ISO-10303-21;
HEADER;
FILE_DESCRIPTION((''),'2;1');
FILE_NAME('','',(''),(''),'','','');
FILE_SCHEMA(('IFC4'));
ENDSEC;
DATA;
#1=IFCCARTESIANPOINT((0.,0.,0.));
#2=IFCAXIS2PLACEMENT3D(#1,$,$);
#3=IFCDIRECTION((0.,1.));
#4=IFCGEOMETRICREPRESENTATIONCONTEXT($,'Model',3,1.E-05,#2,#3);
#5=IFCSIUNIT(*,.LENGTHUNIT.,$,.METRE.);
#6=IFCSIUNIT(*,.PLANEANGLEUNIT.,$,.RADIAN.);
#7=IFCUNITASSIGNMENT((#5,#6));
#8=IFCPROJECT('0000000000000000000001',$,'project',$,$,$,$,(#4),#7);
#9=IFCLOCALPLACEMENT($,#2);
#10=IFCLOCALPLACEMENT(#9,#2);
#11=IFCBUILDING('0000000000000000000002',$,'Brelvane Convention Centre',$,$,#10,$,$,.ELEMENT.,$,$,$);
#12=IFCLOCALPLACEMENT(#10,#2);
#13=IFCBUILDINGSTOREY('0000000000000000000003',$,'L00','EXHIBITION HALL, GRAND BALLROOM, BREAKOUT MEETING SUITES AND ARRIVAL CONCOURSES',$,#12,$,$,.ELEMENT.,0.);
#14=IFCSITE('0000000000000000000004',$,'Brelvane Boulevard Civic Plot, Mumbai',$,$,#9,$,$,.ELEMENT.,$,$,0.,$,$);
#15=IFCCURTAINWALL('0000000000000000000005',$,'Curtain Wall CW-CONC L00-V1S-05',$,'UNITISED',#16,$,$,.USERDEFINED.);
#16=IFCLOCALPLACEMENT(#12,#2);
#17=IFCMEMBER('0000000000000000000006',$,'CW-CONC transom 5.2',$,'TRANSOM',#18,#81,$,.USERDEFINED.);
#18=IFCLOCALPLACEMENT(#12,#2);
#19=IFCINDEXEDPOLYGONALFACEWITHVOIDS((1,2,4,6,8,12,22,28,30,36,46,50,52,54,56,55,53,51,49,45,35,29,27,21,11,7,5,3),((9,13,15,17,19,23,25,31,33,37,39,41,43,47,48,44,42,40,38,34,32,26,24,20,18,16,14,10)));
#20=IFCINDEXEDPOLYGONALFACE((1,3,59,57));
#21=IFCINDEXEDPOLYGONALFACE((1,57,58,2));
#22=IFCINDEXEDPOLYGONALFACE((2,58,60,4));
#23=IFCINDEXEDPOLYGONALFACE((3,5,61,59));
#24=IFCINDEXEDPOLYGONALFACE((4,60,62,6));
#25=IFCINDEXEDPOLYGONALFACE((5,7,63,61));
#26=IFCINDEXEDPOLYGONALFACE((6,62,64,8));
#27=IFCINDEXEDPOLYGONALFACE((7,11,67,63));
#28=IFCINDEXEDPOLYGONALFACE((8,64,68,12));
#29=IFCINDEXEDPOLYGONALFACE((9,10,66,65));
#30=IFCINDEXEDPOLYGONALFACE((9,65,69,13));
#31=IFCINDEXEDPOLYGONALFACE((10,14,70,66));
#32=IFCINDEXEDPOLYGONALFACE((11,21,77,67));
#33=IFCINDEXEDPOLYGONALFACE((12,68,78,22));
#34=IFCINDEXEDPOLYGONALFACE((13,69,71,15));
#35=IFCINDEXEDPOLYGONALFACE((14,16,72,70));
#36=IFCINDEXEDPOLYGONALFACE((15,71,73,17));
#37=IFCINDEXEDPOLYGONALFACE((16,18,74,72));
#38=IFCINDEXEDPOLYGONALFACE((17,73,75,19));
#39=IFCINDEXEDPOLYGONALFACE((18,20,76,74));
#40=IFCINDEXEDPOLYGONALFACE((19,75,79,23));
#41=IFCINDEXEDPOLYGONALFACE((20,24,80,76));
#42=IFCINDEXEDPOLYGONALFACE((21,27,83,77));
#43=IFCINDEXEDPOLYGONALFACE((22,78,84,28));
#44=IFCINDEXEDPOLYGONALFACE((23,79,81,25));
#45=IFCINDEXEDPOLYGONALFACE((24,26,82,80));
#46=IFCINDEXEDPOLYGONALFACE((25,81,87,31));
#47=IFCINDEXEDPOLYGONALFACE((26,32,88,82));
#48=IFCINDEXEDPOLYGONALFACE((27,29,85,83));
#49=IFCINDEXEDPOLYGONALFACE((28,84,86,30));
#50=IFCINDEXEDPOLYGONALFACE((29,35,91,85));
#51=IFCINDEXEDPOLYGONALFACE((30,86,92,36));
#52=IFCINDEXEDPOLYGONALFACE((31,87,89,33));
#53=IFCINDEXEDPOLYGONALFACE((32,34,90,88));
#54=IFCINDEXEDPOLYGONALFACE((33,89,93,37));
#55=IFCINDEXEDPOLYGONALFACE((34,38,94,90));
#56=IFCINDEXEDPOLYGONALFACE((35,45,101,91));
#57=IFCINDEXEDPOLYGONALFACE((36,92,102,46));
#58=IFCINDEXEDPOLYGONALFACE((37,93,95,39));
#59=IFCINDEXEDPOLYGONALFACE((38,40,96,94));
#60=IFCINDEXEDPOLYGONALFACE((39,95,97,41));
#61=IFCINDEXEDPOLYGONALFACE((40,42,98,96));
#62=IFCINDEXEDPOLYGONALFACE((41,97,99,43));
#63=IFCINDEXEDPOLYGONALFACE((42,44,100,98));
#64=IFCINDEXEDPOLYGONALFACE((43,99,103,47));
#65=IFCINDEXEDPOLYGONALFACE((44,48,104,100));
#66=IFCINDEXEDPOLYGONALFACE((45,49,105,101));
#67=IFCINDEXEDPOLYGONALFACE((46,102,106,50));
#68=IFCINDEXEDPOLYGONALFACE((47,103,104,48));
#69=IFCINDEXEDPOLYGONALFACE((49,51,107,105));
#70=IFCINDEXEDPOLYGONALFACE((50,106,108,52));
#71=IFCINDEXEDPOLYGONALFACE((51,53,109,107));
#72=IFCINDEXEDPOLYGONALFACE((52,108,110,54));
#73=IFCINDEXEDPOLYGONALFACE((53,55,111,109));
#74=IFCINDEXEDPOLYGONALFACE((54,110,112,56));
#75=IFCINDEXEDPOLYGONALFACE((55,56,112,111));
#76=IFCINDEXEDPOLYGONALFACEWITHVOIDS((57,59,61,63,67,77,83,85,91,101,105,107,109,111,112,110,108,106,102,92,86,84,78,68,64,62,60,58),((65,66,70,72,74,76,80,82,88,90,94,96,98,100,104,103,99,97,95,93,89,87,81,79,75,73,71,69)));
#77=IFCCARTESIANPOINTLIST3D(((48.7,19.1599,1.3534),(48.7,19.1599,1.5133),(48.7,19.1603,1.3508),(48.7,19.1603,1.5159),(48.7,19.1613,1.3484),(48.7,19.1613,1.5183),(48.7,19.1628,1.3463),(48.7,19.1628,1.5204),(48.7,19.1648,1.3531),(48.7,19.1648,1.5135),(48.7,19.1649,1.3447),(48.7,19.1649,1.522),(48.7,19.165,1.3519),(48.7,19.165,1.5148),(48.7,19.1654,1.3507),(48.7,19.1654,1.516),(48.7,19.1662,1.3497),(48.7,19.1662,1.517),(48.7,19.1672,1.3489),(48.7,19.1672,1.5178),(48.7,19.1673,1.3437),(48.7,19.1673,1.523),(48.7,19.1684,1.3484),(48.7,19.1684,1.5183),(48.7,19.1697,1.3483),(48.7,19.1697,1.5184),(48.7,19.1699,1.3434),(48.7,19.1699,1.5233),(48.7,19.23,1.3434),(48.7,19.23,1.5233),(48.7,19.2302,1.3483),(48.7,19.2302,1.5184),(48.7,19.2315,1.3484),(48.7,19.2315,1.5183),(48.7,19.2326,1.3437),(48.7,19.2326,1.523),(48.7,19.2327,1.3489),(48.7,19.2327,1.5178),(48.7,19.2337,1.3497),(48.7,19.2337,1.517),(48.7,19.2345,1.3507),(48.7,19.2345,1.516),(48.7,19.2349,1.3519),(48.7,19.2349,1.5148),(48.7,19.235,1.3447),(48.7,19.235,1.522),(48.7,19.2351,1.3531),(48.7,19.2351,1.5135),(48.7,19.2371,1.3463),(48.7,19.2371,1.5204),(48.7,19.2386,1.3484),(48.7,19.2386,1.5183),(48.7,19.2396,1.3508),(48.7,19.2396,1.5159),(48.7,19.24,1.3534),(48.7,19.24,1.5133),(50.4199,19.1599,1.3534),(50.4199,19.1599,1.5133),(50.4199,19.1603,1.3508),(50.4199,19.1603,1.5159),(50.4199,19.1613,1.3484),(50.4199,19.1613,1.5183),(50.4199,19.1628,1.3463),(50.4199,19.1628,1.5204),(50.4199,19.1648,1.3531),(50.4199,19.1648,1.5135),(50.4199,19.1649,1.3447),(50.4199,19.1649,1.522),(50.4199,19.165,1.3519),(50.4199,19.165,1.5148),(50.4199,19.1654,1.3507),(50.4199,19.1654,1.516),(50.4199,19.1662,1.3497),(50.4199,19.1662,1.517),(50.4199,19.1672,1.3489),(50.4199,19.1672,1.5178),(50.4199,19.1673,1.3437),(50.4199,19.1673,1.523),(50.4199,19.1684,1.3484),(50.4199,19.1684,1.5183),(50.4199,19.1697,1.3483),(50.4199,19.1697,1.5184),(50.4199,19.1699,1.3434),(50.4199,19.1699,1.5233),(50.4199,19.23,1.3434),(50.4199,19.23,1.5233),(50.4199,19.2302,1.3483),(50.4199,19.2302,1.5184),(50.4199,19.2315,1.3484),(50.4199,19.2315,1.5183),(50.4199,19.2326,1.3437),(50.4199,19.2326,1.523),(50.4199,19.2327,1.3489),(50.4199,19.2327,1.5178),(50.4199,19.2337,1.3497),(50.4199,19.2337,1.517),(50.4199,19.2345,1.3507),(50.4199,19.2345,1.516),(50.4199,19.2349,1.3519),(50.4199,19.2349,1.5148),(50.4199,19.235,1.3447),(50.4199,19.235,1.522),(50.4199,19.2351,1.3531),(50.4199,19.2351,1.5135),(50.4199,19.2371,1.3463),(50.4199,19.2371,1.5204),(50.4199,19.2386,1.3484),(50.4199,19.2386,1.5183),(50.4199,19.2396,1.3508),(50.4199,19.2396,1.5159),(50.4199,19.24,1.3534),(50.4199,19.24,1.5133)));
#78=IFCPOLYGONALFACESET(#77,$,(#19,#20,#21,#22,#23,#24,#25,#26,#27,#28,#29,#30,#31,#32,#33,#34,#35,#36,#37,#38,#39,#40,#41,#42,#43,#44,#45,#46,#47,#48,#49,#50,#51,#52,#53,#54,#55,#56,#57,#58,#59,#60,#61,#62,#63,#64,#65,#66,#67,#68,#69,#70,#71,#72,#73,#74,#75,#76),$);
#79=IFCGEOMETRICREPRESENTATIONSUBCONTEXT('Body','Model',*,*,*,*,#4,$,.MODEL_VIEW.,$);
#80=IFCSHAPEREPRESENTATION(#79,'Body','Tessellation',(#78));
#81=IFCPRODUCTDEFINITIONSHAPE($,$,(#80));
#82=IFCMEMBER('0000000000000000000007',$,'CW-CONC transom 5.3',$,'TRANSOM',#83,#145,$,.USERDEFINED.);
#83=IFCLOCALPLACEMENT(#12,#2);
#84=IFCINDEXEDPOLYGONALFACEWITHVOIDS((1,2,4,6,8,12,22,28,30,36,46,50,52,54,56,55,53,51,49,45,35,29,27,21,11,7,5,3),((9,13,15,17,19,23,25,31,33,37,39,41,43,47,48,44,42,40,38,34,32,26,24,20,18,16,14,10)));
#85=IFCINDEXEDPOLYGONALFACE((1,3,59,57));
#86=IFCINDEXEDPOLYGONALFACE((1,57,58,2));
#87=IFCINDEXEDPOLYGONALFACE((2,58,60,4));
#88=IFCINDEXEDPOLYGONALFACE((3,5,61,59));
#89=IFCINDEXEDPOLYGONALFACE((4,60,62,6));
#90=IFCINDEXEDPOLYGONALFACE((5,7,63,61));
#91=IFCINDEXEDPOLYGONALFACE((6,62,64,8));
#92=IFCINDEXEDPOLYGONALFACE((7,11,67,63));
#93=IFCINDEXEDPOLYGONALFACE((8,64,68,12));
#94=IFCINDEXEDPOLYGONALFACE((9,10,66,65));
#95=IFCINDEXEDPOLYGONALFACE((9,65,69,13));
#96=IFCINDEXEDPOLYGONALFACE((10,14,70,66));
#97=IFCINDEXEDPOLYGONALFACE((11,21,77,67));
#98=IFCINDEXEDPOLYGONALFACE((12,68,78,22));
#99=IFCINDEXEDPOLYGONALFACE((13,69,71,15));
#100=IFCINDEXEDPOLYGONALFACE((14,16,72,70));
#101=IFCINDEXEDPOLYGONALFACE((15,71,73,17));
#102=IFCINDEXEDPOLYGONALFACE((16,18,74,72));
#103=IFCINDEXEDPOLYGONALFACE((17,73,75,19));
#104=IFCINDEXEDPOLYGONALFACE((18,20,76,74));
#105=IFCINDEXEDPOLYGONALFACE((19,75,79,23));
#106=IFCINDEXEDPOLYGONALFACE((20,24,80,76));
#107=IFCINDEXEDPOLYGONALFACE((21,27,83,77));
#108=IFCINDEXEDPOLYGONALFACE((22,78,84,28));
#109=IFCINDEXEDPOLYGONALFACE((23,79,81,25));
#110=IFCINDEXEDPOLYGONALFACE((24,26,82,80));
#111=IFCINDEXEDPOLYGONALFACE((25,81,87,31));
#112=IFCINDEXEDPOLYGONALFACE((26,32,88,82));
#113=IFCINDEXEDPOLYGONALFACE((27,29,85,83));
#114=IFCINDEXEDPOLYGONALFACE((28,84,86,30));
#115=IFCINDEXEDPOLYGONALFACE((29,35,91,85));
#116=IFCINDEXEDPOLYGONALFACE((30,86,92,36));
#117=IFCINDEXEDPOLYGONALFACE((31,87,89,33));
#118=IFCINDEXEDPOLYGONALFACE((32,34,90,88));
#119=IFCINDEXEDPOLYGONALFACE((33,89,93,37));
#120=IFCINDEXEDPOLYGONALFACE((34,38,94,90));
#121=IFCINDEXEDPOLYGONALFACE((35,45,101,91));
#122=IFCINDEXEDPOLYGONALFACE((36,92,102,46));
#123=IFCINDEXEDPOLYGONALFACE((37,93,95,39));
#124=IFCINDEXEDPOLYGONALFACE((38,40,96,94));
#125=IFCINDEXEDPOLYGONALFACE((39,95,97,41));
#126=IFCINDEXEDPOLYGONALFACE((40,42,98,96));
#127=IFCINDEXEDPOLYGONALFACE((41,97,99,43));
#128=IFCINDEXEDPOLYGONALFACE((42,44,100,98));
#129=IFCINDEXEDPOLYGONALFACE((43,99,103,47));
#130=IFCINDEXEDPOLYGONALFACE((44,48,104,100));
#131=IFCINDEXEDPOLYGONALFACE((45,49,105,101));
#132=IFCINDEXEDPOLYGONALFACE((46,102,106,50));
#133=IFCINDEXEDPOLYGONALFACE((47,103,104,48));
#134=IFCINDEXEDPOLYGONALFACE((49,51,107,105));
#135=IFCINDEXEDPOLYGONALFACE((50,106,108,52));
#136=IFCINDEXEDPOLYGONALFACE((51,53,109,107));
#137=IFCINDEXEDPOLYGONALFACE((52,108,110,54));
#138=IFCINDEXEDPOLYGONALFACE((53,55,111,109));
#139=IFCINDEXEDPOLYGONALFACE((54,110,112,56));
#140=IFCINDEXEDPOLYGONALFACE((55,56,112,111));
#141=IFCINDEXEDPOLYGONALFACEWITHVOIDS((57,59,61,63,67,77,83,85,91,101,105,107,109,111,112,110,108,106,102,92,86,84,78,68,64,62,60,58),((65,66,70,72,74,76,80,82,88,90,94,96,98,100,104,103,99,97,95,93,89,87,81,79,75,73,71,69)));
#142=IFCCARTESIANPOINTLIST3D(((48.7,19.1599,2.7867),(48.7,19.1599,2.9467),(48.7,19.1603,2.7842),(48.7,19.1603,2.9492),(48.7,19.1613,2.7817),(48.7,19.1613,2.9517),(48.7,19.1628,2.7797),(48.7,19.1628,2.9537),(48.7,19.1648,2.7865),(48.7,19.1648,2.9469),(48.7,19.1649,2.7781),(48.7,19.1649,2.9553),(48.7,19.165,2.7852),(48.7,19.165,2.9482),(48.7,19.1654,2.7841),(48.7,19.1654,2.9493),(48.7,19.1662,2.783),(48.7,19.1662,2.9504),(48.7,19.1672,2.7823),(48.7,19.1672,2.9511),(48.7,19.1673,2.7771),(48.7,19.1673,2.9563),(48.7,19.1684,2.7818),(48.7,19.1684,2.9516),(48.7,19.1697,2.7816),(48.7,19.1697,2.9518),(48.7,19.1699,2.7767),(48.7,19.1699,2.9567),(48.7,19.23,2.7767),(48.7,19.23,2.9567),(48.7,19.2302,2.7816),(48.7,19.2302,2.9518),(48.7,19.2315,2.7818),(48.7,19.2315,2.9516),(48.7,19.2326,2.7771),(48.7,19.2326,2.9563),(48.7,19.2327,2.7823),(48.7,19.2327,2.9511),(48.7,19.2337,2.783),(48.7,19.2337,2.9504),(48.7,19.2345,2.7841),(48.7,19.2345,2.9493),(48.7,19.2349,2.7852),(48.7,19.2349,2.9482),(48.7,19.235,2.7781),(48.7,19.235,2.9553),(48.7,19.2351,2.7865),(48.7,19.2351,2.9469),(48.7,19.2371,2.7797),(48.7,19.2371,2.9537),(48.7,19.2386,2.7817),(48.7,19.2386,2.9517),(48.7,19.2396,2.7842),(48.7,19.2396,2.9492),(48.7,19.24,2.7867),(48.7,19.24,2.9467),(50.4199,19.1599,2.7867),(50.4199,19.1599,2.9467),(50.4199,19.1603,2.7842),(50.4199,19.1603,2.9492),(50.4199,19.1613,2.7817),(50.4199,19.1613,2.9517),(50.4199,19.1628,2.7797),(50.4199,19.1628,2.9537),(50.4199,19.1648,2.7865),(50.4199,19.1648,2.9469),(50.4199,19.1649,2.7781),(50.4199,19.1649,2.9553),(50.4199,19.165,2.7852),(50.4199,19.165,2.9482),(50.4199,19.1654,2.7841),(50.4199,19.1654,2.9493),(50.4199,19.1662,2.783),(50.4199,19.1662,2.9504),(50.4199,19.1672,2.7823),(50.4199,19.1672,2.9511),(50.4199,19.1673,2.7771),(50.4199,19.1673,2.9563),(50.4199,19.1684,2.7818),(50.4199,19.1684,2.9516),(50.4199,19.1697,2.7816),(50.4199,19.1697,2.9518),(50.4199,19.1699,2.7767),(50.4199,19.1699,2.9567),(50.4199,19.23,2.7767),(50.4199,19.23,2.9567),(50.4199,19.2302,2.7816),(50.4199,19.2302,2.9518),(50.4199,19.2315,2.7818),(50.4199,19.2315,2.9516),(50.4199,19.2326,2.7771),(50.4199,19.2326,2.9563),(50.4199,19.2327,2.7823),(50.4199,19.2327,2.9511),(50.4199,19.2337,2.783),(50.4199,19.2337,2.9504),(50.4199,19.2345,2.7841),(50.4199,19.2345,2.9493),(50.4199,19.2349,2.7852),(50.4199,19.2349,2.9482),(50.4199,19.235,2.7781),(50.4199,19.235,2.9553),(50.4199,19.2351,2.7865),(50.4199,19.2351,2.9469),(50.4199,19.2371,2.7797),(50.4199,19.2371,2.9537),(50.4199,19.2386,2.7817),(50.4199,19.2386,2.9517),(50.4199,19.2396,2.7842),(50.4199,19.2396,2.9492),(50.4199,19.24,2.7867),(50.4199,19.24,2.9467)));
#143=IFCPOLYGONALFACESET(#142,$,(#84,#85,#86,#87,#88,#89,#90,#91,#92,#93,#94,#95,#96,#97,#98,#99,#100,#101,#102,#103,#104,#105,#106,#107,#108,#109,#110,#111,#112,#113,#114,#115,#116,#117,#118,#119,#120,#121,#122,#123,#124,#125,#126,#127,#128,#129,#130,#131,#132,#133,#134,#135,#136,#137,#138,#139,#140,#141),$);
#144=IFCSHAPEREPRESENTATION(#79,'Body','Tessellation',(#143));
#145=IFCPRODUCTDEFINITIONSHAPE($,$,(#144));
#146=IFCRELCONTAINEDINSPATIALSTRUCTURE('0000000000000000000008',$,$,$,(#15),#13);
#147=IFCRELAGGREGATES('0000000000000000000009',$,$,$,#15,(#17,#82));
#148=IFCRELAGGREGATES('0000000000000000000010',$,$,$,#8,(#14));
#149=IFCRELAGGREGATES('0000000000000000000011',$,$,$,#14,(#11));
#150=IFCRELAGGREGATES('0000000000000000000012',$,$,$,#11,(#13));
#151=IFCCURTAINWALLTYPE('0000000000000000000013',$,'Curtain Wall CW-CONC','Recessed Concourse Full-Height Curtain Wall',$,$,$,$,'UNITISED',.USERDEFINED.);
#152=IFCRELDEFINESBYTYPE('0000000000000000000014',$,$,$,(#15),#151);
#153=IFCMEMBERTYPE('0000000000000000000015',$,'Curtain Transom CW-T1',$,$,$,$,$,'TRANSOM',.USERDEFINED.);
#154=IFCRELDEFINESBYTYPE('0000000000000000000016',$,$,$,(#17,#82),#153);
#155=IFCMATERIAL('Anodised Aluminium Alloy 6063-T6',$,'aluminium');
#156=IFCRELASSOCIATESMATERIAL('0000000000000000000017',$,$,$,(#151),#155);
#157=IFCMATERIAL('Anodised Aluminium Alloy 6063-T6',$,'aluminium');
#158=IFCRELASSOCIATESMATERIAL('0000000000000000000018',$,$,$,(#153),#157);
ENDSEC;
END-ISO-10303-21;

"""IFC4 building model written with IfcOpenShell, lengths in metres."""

from ifc_helpers import new_model, si_unit, direction, frame, origin, origin_2d, place, context, subcontext, project, spatial, hollow_rectangle, extrude, material, material_profile, profile_set, type_object, element, aggregate, save


model = new_model("IFC4")

# Units and contexts
model_context = context("Model", 3, precision=1e-05, world=origin(), true_north=direction((0.0, 1.0)))
body_context = subcontext(model_context, "Body", "Model", "MODEL_VIEW")
ifc_project = project(units=[si_unit("LENGTHUNIT", "METRE"), si_unit("PLANEANGLEUNIT", "RADIAN")], contexts=[model_context])

# Site, building, storey
site_placement = place(None, origin())
site = spatial("IfcSite", under=ifc_project, at=site_placement, Name="Brelvane Boulevard Civic Plot, Mumbai", CompositionType="ELEMENT", RefElevation=0.0)
building_placement = place(site_placement, origin())
building = spatial("IfcBuilding", under=site, at=building_placement, Name="Brelvane Convention Centre", CompositionType="ELEMENT")
storey_placement = place(building_placement, origin())
storey = spatial("IfcBuildingStorey", under=building, at=storey_placement, Name="L00", Description="EXHIBITION HALL, GRAND BALLROOM, BREAKOUT MEETING SUITES AND ARRIVAL CONCOURSES", CompositionType="ELEMENT", Elevation=0.0)

# Curtain wall, members
ifc_material_1 = material(Name="Anodised Aluminium Alloy 6063-T6", Category="aluminium")
curtain_wall_type = type_object("IfcCurtainWallType", Name="Curtain Wall CW-CONC", Description="Recessed Concourse Full-Height Curtain Wall", ElementType="UNITISED", PredefinedType="USERDEFINED", material=ifc_material_1)
curtain_wall_placement = place(storey_placement, origin())
curtain_wall = element("IfcCurtainWall", 1, at=curtain_wall_placement, inside=storey, type_object=curtain_wall_type, Name="Curtain Wall CW-CONC L00-V1S-05", ObjectType="UNITISED", PredefinedType="USERDEFINED")
ifc_material_2 = material(Name="Anodised Aluminium Alloy 6063-T6", Category="aluminium")
ifc_material_profile_1 = material_profile(ifc_material_2, hollow_rectangle(XDim=0.0801, YDim=0.1799, WallThickness=0.0049, InnerFilletRadius=0.0049, OuterFilletRadius=0.01, at=origin_2d()), Name="ALU-T 180x80x5.0")
ifc_profile_set_1 = profile_set([ifc_material_profile_1], Name="Anodised Aluminium Alloy 6063-T6")
member_type_1 = type_object("IfcMemberType", Name="Curtain Transom CW-T1", ElementType="TRANSOM", PredefinedType="USERDEFINED", material=ifc_profile_set_1)
member_1_placement = place(storey_placement, frame((48.7, 19.2, 1.4333), z_axis=(1.0, 0.0, 0.0), x_axis=(0.0, 1.0, 0.0)))
member_1 = element("IfcMember", 2, at=member_1_placement, type_object=member_type_1, Name="CW-CONC transom 5.2", ObjectType="TRANSOM", PredefinedType="USERDEFINED", context=body_context, shape_type="SweptSolid", body=[
    extrude(hollow_rectangle(XDim=0.0801, YDim=0.1799, WallThickness=0.0049, InnerFilletRadius=0.0049, OuterFilletRadius=0.01, at=origin_2d()), origin(), (0.0, 0.0, 1.0), 1.72),
])
member_2_placement = place(storey_placement, frame((48.7, 19.2, 2.8667), z_axis=(1.0, 0.0, 0.0), x_axis=(0.0, 1.0, 0.0)))
member_2 = element("IfcMember", 3, at=member_2_placement, type_object=member_type_1, Name="CW-CONC transom 5.3", ObjectType="TRANSOM", PredefinedType="USERDEFINED", context=body_context, shape_type="SweptSolid", body=[
    extrude(hollow_rectangle(XDim=0.0801, YDim=0.1799, WallThickness=0.0049, InnerFilletRadius=0.0049, OuterFilletRadius=0.01, at=origin_2d()), origin(), (0.0, 0.0, 1.0), 1.72),
])
aggregate(curtain_wall, [member_1, member_2])

save(model, "model.ifc")
